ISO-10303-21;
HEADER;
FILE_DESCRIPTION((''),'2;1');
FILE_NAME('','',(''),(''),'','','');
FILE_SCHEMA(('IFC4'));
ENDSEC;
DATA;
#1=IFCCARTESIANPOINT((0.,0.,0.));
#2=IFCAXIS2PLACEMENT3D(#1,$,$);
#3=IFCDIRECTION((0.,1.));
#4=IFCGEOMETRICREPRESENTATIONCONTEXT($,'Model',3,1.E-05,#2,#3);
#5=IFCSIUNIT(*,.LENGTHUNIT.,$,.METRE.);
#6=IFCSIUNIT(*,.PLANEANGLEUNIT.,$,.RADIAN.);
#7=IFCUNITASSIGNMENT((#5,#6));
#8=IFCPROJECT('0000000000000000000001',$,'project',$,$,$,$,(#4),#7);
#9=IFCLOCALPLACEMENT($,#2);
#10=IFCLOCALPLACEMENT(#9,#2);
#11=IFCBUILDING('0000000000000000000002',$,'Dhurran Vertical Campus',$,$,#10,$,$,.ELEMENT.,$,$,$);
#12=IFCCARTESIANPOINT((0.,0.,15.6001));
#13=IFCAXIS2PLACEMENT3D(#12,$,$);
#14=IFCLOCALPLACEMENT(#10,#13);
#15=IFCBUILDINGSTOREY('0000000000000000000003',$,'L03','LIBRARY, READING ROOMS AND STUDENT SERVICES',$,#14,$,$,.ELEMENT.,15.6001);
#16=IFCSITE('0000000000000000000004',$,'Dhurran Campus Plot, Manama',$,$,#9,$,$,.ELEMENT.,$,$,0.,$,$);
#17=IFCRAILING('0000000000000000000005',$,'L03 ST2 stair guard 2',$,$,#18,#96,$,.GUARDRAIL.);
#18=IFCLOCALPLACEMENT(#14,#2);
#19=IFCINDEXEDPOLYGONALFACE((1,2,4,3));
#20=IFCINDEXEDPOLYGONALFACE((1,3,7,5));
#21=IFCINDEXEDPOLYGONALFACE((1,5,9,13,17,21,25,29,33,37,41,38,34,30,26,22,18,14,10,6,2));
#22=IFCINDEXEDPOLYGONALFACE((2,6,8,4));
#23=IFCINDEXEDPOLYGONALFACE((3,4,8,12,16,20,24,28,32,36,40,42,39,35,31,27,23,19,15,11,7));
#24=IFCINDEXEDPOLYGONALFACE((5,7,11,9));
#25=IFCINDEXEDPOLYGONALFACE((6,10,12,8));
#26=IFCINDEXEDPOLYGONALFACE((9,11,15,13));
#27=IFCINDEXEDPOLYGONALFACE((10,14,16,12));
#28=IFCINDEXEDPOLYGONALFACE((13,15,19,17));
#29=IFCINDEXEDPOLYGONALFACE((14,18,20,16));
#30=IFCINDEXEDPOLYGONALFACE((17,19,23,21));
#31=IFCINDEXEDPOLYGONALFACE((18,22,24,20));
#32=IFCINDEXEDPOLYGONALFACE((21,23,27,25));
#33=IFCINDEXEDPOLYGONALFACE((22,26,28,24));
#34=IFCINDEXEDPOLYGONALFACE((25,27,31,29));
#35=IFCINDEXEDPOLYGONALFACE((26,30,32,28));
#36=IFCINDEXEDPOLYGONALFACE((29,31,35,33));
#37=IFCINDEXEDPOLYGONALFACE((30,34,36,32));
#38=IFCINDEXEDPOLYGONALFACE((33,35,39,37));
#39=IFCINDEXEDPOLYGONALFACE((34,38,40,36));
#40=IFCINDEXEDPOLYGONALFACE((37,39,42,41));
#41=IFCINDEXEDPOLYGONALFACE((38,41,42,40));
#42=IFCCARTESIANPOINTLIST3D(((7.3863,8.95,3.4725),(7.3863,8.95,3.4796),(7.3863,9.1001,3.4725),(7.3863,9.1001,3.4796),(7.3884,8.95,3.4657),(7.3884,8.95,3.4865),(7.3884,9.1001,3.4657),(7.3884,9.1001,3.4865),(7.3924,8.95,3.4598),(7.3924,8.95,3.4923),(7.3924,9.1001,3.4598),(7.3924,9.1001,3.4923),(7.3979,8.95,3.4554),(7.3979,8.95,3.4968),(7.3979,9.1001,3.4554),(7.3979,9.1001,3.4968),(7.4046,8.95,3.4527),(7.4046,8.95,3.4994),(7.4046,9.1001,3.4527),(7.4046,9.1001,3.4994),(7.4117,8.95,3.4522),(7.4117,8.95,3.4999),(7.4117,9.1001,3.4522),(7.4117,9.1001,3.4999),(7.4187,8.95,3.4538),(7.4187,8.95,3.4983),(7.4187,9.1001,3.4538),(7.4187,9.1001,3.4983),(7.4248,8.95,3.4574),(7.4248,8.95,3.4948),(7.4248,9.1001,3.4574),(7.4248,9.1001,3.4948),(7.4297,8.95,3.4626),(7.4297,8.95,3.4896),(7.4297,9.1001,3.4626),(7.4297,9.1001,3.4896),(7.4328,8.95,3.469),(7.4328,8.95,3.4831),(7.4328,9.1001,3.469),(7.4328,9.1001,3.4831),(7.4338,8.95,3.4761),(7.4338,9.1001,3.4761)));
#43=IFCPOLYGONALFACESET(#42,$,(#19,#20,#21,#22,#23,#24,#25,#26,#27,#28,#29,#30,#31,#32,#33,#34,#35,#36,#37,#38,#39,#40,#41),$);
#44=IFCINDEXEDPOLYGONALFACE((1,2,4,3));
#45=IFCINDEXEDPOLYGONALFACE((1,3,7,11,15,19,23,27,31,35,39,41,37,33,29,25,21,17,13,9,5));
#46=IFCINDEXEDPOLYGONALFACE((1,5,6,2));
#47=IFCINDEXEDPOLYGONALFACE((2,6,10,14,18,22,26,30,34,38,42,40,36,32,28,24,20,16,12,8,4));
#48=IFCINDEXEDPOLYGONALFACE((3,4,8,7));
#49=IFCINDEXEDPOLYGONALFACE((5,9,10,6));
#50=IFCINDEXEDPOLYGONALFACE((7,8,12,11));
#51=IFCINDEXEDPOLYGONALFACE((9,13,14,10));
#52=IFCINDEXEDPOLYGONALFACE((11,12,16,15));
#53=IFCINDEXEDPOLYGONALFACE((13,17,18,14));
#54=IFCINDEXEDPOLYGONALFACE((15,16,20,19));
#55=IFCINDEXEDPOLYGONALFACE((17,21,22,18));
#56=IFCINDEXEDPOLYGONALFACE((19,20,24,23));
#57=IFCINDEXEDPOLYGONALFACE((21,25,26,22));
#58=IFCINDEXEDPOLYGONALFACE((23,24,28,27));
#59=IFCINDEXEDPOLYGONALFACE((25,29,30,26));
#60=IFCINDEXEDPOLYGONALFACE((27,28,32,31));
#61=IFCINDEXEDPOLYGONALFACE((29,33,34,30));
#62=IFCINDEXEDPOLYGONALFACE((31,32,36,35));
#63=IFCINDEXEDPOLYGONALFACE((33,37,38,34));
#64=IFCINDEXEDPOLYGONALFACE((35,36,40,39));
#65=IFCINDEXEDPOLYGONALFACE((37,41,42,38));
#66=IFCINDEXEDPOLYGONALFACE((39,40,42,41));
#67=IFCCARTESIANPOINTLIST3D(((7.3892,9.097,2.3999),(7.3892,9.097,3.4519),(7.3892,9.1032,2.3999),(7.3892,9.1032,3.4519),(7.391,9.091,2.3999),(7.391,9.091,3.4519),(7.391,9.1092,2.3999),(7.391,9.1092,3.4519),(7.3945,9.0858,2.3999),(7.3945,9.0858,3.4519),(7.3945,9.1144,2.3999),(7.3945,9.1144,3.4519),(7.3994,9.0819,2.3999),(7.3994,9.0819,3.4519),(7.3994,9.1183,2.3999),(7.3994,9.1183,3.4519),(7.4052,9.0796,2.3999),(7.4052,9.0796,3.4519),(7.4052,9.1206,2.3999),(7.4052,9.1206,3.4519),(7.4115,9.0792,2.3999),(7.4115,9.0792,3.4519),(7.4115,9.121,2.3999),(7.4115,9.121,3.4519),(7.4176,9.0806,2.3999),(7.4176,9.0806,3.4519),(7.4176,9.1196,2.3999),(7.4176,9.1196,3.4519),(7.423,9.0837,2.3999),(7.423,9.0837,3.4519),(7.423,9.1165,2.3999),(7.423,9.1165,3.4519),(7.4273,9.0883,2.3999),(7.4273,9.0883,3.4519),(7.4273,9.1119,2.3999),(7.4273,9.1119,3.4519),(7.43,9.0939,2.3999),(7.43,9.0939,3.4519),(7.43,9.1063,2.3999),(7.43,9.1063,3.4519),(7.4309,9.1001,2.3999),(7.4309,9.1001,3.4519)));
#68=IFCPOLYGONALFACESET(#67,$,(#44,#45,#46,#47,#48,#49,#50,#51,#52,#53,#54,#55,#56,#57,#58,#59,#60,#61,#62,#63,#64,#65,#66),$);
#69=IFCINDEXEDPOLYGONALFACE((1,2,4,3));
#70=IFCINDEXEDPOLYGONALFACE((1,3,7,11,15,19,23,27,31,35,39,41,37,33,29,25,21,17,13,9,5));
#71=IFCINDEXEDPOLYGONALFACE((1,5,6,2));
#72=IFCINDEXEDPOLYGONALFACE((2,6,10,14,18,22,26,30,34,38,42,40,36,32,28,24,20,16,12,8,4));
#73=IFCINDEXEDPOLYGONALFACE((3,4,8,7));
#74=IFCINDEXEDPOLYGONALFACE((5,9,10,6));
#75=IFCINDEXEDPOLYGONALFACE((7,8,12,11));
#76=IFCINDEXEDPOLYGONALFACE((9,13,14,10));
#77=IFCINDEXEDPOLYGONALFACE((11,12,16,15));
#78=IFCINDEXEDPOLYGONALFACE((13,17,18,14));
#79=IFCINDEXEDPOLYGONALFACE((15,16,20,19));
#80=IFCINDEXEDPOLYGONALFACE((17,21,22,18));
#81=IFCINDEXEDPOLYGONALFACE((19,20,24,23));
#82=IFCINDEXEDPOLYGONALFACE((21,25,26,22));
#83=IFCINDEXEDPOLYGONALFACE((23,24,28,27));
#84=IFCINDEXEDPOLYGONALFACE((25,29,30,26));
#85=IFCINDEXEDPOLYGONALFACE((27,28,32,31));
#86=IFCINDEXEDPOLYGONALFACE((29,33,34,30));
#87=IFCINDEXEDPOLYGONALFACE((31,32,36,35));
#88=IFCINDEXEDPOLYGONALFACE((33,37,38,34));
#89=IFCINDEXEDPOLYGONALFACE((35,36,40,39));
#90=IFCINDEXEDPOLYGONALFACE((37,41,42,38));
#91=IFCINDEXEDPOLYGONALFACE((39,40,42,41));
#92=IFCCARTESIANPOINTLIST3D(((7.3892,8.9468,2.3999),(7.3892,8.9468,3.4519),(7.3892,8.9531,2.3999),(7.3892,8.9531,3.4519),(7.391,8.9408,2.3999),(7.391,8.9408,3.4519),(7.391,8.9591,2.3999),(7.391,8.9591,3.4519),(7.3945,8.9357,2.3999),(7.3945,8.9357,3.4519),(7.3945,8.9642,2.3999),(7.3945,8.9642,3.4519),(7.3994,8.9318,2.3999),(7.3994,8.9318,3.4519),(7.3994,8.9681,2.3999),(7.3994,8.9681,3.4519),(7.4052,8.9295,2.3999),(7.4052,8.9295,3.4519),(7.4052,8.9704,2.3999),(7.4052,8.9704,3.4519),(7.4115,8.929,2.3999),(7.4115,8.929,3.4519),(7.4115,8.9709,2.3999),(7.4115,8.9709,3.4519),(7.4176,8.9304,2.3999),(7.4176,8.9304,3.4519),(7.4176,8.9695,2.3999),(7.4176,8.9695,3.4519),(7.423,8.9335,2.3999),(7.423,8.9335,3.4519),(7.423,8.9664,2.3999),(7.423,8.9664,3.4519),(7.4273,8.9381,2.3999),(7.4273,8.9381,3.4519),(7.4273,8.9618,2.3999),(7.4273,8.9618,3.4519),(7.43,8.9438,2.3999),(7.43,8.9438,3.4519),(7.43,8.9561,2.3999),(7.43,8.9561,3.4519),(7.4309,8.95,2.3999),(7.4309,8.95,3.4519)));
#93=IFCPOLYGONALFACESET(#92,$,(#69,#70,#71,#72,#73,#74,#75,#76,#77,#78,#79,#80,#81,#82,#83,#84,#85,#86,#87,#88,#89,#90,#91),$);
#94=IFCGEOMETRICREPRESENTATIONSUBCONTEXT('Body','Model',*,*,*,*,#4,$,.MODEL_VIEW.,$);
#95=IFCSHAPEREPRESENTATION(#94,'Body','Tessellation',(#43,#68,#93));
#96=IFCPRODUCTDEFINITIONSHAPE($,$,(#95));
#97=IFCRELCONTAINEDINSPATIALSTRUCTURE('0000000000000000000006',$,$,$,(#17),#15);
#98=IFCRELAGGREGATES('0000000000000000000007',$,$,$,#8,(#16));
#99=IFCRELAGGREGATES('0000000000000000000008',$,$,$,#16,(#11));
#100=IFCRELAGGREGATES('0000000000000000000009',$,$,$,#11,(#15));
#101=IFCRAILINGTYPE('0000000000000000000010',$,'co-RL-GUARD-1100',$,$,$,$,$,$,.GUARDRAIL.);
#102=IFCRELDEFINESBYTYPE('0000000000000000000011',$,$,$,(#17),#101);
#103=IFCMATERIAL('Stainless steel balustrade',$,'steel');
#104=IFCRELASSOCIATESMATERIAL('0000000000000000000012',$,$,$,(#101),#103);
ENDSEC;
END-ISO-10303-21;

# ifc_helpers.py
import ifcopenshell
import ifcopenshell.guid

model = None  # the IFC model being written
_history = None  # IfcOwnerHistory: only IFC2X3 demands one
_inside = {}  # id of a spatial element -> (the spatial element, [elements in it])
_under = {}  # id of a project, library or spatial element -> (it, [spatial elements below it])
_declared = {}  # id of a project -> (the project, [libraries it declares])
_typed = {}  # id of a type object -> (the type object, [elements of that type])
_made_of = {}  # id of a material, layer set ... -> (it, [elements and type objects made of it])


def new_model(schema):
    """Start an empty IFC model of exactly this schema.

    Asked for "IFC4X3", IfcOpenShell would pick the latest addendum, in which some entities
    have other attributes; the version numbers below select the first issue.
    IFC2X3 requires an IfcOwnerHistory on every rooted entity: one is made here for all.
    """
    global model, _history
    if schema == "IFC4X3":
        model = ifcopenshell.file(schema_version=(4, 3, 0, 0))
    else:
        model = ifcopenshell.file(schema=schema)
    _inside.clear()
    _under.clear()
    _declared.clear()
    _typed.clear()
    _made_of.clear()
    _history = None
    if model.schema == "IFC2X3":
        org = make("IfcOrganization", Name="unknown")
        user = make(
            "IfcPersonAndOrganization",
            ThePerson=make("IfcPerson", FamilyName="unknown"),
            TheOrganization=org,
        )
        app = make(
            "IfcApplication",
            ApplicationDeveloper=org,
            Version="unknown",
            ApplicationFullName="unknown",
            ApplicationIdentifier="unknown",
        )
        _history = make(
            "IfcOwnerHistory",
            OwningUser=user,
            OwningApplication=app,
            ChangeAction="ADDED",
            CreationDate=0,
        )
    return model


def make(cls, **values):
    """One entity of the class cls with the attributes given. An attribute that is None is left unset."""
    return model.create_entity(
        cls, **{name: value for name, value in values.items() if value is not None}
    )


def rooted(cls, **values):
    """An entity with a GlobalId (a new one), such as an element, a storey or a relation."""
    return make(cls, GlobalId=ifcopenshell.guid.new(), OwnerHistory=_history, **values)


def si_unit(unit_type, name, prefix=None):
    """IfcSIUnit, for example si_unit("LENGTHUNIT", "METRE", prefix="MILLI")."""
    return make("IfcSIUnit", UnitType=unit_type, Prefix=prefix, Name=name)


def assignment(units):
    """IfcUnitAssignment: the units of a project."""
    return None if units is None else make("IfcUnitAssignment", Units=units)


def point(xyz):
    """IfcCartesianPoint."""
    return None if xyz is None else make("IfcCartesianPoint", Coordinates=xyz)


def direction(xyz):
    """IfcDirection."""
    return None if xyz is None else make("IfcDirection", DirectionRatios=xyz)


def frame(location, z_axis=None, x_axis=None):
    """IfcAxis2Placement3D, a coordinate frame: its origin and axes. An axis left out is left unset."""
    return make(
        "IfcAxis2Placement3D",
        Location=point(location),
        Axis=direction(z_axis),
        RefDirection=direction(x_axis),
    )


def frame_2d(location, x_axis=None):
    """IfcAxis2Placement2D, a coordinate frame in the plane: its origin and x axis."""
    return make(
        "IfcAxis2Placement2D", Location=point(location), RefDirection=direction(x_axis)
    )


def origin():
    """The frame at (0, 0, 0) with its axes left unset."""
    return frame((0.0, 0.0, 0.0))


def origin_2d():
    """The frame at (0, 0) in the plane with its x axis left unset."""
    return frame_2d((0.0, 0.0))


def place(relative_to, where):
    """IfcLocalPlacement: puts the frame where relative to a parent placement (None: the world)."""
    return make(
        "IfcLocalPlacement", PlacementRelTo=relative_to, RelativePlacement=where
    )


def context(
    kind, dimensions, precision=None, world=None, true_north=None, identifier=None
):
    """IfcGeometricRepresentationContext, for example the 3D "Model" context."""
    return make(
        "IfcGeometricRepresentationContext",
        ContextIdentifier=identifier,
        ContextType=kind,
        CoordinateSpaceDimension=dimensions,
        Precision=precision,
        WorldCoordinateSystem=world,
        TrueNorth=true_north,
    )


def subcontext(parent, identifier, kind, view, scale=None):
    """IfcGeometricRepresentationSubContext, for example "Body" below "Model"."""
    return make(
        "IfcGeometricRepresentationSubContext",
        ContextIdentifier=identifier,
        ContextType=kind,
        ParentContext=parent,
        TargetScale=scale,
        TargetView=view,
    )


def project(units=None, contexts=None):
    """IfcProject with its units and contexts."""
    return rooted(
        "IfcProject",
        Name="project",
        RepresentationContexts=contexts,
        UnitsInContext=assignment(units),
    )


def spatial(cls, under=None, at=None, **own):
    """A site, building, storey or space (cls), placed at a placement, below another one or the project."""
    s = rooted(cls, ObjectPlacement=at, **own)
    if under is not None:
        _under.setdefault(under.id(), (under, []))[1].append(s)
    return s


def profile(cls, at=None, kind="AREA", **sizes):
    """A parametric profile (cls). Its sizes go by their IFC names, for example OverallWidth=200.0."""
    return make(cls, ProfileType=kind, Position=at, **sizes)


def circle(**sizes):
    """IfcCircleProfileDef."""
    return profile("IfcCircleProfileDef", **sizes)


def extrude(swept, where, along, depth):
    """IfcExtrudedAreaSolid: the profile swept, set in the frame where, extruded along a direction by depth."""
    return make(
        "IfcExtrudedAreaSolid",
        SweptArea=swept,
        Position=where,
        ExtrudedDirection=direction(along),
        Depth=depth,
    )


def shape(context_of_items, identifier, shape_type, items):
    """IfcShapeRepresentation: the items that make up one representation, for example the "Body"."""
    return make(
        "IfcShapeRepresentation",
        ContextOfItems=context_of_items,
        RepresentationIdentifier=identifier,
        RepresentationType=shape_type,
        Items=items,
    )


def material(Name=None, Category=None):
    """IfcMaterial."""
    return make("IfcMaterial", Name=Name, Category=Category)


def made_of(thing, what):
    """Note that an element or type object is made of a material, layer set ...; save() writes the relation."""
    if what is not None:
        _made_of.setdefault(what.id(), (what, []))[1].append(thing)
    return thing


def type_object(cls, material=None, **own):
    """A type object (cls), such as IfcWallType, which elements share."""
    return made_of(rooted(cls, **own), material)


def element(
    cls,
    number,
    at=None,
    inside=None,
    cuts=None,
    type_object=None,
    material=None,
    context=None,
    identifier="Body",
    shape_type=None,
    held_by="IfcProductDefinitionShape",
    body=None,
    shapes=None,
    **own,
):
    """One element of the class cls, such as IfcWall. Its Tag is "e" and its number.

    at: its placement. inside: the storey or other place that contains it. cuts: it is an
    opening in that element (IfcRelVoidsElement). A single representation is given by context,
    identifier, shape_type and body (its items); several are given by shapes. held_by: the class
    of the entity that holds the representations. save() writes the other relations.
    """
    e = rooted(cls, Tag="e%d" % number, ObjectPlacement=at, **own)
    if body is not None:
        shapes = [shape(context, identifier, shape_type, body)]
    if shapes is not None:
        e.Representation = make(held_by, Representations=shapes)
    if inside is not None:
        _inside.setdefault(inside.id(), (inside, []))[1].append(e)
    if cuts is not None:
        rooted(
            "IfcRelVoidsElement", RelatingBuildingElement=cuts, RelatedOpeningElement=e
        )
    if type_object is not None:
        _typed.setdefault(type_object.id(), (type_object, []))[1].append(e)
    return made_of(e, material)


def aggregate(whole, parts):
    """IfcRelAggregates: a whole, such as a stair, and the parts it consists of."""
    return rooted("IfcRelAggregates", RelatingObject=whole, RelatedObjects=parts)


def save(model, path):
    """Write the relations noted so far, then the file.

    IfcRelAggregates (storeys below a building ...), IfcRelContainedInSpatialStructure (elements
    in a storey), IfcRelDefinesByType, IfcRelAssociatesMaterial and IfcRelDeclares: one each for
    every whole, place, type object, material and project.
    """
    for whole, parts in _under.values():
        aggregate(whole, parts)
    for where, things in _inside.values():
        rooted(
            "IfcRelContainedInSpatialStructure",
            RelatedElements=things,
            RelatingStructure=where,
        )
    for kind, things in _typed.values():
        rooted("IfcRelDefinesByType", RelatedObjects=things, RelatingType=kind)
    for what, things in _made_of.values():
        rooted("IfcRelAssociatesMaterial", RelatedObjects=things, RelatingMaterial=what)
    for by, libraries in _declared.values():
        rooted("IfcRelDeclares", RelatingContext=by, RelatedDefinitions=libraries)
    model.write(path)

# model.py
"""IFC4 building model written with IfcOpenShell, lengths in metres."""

from ifc_helpers import new_model, si_unit, direction, frame, origin, origin_2d, place, context, subcontext, project, spatial, circle, extrude, material, type_object, element, save


model = new_model("IFC4")

# Units and contexts
model_context = context("Model", 3, precision=1e-05, world=origin(), true_north=direction((0.0, 1.0)))
body_context = subcontext(model_context, "Body", "Model", "MODEL_VIEW")
ifc_project = project(units=[si_unit("LENGTHUNIT", "METRE"), si_unit("PLANEANGLEUNIT", "RADIAN")], contexts=[model_context])

# Site, building, storey
site_placement = place(None, origin())
site = spatial("IfcSite", under=ifc_project, at=site_placement, Name="Dhurran Campus Plot, Manama", CompositionType="ELEMENT", RefElevation=0.0)
building_placement = place(site_placement, origin())
building = spatial("IfcBuilding", under=site, at=building_placement, Name="Dhurran Vertical Campus", CompositionType="ELEMENT")
storey_placement = place(building_placement, frame((0.0, 0.0, 15.6001)))
storey = spatial("IfcBuildingStorey", under=building, at=storey_placement, Name="L03", Description="LIBRARY, READING ROOMS AND STUDENT SERVICES", CompositionType="ELEMENT", Elevation=15.6001)

# Railing
ifc_material_1 = material(Name="Stainless steel balustrade", Category="steel")
railing_type_1 = type_object("IfcRailingType", Name="co-RL-GUARD-1100", PredefinedType="GUARDRAIL", material=ifc_material_1)
railing_1_placement = place(storey_placement, frame((7.4099, 9.1001, 2.3999)))
element("IfcRailing", 1, at=railing_1_placement, inside=storey, type_object=railing_type_1, Name="L03 ST2 stair guard 2", PredefinedType="GUARDRAIL", context=body_context, shape_type="SweptSolid", body=[
    extrude(circle(Radius=0.0239, at=origin_2d()), frame((0.0, 0.0, 1.0762), z_axis=(0.0, -1.0, 0.0), x_axis=(1.0, 0.0, 0.0)), (0.0, 0.0, 1.0), 0.1501),
    extrude(circle(Radius=0.021, at=origin_2d()), origin(), (0.0, 0.0, 1.0), 1.052),
    extrude(circle(Radius=0.021, at=origin_2d()), frame((0.0, -0.1501, 0.0)), (0.0, 0.0, 1.0), 1.052),
])

save(model, "model.ifc")
